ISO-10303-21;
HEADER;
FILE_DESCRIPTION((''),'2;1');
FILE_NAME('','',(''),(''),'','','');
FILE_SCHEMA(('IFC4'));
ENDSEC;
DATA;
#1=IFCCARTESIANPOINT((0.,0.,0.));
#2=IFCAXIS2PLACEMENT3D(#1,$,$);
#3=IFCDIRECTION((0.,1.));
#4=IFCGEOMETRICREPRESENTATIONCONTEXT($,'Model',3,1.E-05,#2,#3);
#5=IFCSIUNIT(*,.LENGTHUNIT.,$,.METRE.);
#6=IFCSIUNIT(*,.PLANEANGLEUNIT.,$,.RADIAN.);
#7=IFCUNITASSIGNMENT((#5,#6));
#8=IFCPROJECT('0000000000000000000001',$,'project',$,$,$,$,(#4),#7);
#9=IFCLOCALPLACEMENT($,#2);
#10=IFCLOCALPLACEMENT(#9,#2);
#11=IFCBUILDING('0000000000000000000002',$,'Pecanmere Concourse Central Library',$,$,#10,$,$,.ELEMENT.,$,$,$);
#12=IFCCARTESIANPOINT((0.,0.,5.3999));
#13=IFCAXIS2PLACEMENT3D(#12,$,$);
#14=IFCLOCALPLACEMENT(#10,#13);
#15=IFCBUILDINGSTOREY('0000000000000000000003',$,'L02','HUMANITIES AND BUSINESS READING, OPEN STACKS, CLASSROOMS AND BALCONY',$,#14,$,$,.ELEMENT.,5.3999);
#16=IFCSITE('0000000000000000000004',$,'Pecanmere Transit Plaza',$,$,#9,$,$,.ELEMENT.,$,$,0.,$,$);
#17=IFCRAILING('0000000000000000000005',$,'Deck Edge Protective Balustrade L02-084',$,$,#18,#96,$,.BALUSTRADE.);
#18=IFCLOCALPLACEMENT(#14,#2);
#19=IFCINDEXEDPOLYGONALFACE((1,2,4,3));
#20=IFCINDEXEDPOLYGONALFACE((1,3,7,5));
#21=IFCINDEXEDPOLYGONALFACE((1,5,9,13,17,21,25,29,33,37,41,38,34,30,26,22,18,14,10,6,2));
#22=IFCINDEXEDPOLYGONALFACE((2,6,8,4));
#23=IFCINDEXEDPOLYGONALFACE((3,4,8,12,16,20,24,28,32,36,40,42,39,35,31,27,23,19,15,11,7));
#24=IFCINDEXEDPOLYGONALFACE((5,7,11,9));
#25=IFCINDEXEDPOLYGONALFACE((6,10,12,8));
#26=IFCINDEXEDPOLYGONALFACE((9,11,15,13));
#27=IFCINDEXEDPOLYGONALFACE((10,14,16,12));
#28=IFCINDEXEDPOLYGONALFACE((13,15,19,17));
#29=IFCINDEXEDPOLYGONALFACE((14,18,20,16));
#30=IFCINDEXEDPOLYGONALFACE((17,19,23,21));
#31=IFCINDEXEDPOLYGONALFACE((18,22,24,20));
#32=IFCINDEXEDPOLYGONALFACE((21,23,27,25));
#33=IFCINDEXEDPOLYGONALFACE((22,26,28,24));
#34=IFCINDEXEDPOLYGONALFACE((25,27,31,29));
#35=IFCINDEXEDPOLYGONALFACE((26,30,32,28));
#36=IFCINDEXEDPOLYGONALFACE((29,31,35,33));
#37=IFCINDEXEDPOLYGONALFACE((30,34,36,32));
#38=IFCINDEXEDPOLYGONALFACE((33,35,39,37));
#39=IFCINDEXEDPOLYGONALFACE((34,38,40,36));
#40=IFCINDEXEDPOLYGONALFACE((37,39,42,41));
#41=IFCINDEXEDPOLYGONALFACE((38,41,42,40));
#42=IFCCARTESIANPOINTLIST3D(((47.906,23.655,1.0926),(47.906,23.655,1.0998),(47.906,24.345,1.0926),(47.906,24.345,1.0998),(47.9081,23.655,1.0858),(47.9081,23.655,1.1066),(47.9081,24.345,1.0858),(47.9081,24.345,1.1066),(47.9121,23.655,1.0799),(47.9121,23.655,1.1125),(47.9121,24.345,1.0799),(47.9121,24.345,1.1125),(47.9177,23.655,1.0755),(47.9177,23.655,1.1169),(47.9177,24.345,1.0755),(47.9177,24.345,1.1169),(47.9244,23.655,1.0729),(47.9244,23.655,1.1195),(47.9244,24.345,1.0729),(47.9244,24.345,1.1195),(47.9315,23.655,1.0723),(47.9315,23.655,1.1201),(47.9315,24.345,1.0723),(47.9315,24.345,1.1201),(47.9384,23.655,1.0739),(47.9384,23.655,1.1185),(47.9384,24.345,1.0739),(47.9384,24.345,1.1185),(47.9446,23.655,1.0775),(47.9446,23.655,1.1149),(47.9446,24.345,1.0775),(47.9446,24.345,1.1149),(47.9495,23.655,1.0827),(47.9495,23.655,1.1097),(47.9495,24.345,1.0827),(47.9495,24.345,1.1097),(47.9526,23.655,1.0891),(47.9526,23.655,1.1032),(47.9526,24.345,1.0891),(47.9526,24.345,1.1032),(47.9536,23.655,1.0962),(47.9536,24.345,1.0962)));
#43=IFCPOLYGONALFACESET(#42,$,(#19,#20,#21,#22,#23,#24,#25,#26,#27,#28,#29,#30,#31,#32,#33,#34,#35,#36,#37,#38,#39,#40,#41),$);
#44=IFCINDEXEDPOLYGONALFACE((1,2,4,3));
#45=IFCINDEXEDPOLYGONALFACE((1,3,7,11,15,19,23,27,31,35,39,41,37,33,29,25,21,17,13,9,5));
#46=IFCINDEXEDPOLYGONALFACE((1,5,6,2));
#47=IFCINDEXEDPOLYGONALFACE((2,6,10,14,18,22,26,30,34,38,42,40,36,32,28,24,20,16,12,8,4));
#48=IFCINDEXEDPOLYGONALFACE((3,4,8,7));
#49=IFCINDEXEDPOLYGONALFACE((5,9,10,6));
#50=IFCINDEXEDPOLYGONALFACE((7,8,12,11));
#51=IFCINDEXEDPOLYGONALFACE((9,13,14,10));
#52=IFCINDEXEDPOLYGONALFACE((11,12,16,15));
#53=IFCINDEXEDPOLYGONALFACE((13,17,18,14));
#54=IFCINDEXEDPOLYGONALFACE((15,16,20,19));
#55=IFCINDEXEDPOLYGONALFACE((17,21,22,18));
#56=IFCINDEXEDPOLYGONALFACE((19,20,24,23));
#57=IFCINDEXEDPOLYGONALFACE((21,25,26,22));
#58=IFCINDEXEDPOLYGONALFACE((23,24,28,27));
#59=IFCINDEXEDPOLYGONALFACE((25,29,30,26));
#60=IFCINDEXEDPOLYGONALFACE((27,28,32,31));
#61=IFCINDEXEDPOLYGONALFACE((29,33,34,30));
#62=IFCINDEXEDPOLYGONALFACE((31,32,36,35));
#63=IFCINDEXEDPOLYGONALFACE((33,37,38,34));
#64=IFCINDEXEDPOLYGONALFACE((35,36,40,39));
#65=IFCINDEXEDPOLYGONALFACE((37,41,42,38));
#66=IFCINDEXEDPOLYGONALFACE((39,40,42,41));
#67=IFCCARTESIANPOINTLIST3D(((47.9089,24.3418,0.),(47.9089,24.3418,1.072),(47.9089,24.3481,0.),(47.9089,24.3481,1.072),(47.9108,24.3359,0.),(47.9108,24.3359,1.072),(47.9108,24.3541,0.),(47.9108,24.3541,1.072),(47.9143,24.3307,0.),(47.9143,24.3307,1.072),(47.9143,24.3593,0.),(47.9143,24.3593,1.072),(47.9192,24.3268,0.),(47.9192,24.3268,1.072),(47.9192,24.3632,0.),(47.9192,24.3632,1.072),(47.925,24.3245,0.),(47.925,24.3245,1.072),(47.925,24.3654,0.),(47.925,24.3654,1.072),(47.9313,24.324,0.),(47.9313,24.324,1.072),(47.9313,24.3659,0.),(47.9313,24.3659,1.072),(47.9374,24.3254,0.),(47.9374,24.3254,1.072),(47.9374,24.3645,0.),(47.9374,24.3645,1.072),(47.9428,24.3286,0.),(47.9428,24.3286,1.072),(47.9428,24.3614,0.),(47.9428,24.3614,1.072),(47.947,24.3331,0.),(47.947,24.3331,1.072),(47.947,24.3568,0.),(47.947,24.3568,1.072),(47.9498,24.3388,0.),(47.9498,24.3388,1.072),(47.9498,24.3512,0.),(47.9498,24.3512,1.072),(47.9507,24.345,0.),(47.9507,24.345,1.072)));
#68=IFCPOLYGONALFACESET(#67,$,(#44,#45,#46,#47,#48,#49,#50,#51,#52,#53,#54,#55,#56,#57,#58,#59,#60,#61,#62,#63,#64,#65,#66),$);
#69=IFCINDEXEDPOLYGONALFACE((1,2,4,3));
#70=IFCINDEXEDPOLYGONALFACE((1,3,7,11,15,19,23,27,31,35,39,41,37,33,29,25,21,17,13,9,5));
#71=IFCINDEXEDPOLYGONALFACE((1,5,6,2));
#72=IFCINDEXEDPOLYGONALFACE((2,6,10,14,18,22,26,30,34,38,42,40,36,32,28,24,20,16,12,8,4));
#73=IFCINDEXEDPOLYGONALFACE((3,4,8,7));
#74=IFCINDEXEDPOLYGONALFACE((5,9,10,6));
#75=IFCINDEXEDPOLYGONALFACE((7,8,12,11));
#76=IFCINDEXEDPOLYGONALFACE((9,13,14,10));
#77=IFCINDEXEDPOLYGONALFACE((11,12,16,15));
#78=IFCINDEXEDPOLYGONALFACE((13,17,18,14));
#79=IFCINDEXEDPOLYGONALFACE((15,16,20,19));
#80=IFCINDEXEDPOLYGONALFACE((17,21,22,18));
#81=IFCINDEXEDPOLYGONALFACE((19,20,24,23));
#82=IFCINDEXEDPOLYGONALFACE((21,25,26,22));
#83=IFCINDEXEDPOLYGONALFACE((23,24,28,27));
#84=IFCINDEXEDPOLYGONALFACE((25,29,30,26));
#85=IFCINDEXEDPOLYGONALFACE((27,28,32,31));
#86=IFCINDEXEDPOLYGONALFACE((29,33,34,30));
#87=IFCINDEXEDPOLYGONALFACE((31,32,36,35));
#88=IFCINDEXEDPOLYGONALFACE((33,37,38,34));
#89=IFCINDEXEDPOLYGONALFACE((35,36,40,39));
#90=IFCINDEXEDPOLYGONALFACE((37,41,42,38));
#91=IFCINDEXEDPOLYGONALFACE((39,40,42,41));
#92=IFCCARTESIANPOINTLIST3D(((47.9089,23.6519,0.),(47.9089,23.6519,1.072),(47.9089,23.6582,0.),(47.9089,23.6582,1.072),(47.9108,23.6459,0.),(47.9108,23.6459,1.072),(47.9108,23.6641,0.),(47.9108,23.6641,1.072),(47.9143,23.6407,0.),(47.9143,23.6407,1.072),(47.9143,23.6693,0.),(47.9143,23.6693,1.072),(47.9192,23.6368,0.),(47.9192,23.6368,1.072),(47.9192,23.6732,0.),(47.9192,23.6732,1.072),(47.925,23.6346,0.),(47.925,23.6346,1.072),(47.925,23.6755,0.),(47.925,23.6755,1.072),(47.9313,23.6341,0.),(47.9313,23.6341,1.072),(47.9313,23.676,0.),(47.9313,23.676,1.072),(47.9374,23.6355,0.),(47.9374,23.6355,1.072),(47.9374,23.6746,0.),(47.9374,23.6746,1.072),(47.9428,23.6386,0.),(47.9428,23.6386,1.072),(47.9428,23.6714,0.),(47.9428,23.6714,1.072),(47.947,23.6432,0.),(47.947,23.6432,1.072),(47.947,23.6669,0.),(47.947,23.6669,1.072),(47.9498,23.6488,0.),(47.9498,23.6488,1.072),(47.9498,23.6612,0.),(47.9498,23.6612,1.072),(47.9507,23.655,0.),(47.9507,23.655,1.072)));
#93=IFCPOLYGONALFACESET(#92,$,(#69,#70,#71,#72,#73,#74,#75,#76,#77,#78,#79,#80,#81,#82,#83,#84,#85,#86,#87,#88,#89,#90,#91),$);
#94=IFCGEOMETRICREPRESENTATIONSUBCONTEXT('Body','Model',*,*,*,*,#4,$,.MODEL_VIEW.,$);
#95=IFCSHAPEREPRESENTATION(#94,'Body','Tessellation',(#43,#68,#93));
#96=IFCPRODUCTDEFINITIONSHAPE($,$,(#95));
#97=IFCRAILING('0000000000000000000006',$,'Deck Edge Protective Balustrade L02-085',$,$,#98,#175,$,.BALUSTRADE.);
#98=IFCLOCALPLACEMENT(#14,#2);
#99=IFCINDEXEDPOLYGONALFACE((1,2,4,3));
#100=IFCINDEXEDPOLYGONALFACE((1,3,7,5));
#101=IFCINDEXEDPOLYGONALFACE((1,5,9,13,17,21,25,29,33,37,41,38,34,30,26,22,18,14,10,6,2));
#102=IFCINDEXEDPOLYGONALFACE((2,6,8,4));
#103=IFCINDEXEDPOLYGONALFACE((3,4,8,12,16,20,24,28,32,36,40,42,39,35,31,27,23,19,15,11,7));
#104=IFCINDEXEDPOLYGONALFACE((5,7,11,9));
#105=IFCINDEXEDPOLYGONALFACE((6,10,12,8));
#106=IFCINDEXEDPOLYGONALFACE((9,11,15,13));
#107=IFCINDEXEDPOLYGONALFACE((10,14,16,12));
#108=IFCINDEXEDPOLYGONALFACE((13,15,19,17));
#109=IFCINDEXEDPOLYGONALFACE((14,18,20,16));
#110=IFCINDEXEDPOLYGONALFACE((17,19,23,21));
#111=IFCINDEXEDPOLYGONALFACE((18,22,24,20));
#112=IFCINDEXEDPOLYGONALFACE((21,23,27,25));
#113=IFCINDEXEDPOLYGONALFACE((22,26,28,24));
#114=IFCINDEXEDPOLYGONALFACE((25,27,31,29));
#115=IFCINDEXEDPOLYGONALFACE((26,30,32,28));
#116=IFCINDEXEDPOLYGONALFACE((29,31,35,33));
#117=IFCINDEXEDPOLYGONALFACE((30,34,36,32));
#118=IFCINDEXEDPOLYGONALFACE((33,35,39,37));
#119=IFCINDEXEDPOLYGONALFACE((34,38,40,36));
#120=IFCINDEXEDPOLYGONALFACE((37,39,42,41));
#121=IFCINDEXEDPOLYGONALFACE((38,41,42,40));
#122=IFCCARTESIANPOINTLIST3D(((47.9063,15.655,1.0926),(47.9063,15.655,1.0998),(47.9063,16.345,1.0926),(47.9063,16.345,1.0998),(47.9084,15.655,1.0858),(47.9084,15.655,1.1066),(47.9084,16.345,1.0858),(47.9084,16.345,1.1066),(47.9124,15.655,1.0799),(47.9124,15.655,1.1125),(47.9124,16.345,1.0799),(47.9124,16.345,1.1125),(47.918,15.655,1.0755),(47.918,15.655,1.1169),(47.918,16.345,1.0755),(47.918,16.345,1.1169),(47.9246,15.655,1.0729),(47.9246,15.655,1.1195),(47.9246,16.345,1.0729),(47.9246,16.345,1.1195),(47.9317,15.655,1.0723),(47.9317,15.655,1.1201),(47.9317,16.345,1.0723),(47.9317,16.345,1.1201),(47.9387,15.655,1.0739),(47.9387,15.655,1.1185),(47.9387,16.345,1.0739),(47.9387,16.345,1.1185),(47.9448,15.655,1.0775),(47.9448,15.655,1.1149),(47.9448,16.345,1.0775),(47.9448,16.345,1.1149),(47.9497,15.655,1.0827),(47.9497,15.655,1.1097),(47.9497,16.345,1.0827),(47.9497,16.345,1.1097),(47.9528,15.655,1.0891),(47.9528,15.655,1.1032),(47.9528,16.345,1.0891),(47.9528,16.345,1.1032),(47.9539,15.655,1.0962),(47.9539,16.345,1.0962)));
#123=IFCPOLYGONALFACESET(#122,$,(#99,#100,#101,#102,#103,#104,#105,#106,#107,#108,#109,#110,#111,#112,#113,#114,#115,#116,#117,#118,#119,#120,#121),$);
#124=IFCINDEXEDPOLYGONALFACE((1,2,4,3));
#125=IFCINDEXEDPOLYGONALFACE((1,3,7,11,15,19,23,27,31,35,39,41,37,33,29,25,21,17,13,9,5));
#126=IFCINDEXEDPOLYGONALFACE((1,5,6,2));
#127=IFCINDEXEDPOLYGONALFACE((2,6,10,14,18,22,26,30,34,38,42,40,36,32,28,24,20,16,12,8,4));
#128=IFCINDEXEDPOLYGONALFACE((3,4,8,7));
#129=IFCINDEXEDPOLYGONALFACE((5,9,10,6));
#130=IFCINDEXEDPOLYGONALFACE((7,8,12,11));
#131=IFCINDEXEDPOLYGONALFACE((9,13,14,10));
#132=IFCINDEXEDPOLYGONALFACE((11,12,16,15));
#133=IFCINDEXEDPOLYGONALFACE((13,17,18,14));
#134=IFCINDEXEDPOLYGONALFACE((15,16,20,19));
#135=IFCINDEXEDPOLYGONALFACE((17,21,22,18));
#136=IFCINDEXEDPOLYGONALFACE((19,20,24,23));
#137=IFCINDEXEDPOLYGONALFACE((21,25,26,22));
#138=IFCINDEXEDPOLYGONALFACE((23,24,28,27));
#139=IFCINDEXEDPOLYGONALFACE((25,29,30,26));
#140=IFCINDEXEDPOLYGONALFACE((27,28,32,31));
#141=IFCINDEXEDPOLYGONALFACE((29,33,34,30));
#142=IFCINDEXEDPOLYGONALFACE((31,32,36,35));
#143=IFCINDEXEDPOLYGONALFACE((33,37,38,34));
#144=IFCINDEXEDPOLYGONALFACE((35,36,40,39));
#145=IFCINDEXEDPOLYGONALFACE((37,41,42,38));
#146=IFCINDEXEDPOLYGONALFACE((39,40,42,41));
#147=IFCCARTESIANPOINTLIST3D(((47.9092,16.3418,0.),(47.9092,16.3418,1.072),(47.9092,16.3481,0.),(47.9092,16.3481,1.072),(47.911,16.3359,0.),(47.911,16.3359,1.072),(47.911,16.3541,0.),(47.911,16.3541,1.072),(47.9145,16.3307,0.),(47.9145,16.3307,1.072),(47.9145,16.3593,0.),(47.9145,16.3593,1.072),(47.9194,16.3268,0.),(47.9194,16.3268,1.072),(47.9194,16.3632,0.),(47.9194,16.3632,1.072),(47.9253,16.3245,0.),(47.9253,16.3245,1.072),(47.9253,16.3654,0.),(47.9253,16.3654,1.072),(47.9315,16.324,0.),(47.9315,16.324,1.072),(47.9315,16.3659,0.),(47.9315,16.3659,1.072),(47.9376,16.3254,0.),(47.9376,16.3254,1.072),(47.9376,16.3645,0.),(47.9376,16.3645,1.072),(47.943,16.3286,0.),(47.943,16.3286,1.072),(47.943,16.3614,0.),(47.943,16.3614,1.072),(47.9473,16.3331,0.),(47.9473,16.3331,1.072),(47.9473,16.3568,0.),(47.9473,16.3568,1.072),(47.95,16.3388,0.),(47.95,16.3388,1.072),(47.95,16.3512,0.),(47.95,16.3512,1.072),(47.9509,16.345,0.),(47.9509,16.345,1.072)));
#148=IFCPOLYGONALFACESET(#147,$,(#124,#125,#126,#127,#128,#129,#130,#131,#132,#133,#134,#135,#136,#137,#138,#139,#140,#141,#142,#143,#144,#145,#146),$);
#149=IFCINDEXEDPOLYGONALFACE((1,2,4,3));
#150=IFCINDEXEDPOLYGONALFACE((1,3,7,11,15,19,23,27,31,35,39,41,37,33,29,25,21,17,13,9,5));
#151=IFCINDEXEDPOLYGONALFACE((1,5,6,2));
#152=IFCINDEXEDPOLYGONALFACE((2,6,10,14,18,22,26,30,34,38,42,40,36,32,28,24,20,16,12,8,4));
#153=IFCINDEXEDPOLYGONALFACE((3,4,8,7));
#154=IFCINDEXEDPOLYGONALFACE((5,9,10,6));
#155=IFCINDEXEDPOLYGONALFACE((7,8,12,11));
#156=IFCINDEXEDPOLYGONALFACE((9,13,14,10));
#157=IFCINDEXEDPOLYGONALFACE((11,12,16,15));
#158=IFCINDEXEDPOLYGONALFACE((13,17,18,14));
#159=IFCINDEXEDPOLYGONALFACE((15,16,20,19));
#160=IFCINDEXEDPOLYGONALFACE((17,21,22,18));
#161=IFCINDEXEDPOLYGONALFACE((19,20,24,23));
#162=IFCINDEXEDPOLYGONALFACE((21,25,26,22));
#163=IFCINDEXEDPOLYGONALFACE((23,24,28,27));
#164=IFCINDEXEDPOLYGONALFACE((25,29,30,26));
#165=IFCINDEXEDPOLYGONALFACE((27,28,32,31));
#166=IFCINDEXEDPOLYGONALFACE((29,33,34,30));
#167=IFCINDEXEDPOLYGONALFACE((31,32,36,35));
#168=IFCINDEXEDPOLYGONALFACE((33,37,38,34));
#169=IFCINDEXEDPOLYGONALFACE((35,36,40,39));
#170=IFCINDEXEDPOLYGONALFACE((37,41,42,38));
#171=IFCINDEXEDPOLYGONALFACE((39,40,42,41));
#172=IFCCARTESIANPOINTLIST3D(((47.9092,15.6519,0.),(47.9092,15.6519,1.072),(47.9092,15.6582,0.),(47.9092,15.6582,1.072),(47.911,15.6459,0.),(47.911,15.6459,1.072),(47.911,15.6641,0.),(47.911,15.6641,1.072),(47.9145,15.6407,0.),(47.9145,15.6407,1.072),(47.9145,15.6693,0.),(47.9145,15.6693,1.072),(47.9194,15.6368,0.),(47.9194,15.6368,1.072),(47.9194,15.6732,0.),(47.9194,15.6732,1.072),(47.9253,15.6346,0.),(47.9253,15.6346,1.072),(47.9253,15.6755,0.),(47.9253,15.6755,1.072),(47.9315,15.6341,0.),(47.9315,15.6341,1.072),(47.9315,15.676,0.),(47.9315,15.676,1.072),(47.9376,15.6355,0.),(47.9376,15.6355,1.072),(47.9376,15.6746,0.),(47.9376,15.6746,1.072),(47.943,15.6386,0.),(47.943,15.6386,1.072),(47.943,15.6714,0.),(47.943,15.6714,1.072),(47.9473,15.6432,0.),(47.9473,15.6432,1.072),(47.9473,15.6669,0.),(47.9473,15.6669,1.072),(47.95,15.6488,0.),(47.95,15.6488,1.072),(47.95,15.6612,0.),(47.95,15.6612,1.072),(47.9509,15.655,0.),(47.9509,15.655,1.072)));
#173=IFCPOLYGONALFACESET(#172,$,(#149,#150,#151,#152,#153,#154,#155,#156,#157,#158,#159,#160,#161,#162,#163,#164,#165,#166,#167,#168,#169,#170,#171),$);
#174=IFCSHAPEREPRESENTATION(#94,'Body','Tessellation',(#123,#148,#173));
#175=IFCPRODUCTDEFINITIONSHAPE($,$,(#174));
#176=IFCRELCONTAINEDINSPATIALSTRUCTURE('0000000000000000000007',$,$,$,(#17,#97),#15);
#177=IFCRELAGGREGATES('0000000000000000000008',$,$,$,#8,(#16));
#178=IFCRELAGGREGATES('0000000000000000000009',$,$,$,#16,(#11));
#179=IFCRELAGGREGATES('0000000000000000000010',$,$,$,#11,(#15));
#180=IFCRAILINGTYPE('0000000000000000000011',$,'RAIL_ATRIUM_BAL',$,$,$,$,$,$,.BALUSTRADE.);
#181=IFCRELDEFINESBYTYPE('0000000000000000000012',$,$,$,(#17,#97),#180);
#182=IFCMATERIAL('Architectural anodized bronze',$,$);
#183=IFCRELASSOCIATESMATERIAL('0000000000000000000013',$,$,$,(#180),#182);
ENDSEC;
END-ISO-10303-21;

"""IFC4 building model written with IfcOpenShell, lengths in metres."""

from ifc_helpers import new_model, si_unit, direction, frame, origin, origin_2d, place, context, subcontext, project, spatial, circle, extrude, material, type_object, element, save


model = new_model("IFC4")

# Units and contexts
model_context = context("Model", 3, precision=1e-05, world=origin(), true_north=direction((0.0, 1.0)))
body_context = subcontext(model_context, "Body", "Model", "MODEL_VIEW")
ifc_project = project(units=[si_unit("LENGTHUNIT", "METRE"), si_unit("PLANEANGLEUNIT", "RADIAN")], contexts=[model_context])

# Site, building, storey
site_placement = place(None, origin())
site = spatial("IfcSite", under=ifc_project, at=site_placement, Name="Pecanmere Transit Plaza", CompositionType="ELEMENT", RefElevation=0.0)
building_placement = place(site_placement, origin())
building = spatial("IfcBuilding", under=site, at=building_placement, Name="Pecanmere Concourse Central Library", CompositionType="ELEMENT")
storey_placement = place(building_placement, frame((0.0, 0.0, 5.3999)))
storey = spatial("IfcBuildingStorey", under=building, at=storey_placement, Name="L02", Description="HUMANITIES AND BUSINESS READING, OPEN STACKS, CLASSROOMS AND BALCONY", CompositionType="ELEMENT", Elevation=5.3999)

# Railings
ifc_material_1 = material(Name="Architectural anodized bronze")
railing_type_1 = type_object("IfcRailingType", Name="RAIL_ATRIUM_BAL", PredefinedType="BALUSTRADE", material=ifc_material_1)
for number, where, name in (
    (1, (47.9297, 24.345, 0.0), "Deck Edge Protective Balustrade L02-084"),
    (2, (47.9299, 16.345, 0.0), "Deck Edge Protective Balustrade L02-085"),
):
    element("IfcRailing", number, at=place(storey_placement, frame(where)), inside=storey, type_object=railing_type_1, Name=name, PredefinedType="BALUSTRADE", context=body_context, shape_type="SweptSolid", body=[
        extrude(circle(Radius=0.0239, at=origin_2d()), frame((0.0, 0.0, 1.0962), z_axis=(0.0, -1.0, 0.0), x_axis=(1.0, 0.0, 0.0)), (0.0, 0.0, 1.0), 0.6899),
        extrude(circle(Radius=0.021, at=origin_2d()), origin(), (0.0, 0.0, 1.0), 1.072),
        extrude(circle(Radius=0.021, at=origin_2d()), frame((0.0, -0.6899, 0.0)), (0.0, 0.0, 1.0), 1.072),
    ])

save(model, "model.ifc")
